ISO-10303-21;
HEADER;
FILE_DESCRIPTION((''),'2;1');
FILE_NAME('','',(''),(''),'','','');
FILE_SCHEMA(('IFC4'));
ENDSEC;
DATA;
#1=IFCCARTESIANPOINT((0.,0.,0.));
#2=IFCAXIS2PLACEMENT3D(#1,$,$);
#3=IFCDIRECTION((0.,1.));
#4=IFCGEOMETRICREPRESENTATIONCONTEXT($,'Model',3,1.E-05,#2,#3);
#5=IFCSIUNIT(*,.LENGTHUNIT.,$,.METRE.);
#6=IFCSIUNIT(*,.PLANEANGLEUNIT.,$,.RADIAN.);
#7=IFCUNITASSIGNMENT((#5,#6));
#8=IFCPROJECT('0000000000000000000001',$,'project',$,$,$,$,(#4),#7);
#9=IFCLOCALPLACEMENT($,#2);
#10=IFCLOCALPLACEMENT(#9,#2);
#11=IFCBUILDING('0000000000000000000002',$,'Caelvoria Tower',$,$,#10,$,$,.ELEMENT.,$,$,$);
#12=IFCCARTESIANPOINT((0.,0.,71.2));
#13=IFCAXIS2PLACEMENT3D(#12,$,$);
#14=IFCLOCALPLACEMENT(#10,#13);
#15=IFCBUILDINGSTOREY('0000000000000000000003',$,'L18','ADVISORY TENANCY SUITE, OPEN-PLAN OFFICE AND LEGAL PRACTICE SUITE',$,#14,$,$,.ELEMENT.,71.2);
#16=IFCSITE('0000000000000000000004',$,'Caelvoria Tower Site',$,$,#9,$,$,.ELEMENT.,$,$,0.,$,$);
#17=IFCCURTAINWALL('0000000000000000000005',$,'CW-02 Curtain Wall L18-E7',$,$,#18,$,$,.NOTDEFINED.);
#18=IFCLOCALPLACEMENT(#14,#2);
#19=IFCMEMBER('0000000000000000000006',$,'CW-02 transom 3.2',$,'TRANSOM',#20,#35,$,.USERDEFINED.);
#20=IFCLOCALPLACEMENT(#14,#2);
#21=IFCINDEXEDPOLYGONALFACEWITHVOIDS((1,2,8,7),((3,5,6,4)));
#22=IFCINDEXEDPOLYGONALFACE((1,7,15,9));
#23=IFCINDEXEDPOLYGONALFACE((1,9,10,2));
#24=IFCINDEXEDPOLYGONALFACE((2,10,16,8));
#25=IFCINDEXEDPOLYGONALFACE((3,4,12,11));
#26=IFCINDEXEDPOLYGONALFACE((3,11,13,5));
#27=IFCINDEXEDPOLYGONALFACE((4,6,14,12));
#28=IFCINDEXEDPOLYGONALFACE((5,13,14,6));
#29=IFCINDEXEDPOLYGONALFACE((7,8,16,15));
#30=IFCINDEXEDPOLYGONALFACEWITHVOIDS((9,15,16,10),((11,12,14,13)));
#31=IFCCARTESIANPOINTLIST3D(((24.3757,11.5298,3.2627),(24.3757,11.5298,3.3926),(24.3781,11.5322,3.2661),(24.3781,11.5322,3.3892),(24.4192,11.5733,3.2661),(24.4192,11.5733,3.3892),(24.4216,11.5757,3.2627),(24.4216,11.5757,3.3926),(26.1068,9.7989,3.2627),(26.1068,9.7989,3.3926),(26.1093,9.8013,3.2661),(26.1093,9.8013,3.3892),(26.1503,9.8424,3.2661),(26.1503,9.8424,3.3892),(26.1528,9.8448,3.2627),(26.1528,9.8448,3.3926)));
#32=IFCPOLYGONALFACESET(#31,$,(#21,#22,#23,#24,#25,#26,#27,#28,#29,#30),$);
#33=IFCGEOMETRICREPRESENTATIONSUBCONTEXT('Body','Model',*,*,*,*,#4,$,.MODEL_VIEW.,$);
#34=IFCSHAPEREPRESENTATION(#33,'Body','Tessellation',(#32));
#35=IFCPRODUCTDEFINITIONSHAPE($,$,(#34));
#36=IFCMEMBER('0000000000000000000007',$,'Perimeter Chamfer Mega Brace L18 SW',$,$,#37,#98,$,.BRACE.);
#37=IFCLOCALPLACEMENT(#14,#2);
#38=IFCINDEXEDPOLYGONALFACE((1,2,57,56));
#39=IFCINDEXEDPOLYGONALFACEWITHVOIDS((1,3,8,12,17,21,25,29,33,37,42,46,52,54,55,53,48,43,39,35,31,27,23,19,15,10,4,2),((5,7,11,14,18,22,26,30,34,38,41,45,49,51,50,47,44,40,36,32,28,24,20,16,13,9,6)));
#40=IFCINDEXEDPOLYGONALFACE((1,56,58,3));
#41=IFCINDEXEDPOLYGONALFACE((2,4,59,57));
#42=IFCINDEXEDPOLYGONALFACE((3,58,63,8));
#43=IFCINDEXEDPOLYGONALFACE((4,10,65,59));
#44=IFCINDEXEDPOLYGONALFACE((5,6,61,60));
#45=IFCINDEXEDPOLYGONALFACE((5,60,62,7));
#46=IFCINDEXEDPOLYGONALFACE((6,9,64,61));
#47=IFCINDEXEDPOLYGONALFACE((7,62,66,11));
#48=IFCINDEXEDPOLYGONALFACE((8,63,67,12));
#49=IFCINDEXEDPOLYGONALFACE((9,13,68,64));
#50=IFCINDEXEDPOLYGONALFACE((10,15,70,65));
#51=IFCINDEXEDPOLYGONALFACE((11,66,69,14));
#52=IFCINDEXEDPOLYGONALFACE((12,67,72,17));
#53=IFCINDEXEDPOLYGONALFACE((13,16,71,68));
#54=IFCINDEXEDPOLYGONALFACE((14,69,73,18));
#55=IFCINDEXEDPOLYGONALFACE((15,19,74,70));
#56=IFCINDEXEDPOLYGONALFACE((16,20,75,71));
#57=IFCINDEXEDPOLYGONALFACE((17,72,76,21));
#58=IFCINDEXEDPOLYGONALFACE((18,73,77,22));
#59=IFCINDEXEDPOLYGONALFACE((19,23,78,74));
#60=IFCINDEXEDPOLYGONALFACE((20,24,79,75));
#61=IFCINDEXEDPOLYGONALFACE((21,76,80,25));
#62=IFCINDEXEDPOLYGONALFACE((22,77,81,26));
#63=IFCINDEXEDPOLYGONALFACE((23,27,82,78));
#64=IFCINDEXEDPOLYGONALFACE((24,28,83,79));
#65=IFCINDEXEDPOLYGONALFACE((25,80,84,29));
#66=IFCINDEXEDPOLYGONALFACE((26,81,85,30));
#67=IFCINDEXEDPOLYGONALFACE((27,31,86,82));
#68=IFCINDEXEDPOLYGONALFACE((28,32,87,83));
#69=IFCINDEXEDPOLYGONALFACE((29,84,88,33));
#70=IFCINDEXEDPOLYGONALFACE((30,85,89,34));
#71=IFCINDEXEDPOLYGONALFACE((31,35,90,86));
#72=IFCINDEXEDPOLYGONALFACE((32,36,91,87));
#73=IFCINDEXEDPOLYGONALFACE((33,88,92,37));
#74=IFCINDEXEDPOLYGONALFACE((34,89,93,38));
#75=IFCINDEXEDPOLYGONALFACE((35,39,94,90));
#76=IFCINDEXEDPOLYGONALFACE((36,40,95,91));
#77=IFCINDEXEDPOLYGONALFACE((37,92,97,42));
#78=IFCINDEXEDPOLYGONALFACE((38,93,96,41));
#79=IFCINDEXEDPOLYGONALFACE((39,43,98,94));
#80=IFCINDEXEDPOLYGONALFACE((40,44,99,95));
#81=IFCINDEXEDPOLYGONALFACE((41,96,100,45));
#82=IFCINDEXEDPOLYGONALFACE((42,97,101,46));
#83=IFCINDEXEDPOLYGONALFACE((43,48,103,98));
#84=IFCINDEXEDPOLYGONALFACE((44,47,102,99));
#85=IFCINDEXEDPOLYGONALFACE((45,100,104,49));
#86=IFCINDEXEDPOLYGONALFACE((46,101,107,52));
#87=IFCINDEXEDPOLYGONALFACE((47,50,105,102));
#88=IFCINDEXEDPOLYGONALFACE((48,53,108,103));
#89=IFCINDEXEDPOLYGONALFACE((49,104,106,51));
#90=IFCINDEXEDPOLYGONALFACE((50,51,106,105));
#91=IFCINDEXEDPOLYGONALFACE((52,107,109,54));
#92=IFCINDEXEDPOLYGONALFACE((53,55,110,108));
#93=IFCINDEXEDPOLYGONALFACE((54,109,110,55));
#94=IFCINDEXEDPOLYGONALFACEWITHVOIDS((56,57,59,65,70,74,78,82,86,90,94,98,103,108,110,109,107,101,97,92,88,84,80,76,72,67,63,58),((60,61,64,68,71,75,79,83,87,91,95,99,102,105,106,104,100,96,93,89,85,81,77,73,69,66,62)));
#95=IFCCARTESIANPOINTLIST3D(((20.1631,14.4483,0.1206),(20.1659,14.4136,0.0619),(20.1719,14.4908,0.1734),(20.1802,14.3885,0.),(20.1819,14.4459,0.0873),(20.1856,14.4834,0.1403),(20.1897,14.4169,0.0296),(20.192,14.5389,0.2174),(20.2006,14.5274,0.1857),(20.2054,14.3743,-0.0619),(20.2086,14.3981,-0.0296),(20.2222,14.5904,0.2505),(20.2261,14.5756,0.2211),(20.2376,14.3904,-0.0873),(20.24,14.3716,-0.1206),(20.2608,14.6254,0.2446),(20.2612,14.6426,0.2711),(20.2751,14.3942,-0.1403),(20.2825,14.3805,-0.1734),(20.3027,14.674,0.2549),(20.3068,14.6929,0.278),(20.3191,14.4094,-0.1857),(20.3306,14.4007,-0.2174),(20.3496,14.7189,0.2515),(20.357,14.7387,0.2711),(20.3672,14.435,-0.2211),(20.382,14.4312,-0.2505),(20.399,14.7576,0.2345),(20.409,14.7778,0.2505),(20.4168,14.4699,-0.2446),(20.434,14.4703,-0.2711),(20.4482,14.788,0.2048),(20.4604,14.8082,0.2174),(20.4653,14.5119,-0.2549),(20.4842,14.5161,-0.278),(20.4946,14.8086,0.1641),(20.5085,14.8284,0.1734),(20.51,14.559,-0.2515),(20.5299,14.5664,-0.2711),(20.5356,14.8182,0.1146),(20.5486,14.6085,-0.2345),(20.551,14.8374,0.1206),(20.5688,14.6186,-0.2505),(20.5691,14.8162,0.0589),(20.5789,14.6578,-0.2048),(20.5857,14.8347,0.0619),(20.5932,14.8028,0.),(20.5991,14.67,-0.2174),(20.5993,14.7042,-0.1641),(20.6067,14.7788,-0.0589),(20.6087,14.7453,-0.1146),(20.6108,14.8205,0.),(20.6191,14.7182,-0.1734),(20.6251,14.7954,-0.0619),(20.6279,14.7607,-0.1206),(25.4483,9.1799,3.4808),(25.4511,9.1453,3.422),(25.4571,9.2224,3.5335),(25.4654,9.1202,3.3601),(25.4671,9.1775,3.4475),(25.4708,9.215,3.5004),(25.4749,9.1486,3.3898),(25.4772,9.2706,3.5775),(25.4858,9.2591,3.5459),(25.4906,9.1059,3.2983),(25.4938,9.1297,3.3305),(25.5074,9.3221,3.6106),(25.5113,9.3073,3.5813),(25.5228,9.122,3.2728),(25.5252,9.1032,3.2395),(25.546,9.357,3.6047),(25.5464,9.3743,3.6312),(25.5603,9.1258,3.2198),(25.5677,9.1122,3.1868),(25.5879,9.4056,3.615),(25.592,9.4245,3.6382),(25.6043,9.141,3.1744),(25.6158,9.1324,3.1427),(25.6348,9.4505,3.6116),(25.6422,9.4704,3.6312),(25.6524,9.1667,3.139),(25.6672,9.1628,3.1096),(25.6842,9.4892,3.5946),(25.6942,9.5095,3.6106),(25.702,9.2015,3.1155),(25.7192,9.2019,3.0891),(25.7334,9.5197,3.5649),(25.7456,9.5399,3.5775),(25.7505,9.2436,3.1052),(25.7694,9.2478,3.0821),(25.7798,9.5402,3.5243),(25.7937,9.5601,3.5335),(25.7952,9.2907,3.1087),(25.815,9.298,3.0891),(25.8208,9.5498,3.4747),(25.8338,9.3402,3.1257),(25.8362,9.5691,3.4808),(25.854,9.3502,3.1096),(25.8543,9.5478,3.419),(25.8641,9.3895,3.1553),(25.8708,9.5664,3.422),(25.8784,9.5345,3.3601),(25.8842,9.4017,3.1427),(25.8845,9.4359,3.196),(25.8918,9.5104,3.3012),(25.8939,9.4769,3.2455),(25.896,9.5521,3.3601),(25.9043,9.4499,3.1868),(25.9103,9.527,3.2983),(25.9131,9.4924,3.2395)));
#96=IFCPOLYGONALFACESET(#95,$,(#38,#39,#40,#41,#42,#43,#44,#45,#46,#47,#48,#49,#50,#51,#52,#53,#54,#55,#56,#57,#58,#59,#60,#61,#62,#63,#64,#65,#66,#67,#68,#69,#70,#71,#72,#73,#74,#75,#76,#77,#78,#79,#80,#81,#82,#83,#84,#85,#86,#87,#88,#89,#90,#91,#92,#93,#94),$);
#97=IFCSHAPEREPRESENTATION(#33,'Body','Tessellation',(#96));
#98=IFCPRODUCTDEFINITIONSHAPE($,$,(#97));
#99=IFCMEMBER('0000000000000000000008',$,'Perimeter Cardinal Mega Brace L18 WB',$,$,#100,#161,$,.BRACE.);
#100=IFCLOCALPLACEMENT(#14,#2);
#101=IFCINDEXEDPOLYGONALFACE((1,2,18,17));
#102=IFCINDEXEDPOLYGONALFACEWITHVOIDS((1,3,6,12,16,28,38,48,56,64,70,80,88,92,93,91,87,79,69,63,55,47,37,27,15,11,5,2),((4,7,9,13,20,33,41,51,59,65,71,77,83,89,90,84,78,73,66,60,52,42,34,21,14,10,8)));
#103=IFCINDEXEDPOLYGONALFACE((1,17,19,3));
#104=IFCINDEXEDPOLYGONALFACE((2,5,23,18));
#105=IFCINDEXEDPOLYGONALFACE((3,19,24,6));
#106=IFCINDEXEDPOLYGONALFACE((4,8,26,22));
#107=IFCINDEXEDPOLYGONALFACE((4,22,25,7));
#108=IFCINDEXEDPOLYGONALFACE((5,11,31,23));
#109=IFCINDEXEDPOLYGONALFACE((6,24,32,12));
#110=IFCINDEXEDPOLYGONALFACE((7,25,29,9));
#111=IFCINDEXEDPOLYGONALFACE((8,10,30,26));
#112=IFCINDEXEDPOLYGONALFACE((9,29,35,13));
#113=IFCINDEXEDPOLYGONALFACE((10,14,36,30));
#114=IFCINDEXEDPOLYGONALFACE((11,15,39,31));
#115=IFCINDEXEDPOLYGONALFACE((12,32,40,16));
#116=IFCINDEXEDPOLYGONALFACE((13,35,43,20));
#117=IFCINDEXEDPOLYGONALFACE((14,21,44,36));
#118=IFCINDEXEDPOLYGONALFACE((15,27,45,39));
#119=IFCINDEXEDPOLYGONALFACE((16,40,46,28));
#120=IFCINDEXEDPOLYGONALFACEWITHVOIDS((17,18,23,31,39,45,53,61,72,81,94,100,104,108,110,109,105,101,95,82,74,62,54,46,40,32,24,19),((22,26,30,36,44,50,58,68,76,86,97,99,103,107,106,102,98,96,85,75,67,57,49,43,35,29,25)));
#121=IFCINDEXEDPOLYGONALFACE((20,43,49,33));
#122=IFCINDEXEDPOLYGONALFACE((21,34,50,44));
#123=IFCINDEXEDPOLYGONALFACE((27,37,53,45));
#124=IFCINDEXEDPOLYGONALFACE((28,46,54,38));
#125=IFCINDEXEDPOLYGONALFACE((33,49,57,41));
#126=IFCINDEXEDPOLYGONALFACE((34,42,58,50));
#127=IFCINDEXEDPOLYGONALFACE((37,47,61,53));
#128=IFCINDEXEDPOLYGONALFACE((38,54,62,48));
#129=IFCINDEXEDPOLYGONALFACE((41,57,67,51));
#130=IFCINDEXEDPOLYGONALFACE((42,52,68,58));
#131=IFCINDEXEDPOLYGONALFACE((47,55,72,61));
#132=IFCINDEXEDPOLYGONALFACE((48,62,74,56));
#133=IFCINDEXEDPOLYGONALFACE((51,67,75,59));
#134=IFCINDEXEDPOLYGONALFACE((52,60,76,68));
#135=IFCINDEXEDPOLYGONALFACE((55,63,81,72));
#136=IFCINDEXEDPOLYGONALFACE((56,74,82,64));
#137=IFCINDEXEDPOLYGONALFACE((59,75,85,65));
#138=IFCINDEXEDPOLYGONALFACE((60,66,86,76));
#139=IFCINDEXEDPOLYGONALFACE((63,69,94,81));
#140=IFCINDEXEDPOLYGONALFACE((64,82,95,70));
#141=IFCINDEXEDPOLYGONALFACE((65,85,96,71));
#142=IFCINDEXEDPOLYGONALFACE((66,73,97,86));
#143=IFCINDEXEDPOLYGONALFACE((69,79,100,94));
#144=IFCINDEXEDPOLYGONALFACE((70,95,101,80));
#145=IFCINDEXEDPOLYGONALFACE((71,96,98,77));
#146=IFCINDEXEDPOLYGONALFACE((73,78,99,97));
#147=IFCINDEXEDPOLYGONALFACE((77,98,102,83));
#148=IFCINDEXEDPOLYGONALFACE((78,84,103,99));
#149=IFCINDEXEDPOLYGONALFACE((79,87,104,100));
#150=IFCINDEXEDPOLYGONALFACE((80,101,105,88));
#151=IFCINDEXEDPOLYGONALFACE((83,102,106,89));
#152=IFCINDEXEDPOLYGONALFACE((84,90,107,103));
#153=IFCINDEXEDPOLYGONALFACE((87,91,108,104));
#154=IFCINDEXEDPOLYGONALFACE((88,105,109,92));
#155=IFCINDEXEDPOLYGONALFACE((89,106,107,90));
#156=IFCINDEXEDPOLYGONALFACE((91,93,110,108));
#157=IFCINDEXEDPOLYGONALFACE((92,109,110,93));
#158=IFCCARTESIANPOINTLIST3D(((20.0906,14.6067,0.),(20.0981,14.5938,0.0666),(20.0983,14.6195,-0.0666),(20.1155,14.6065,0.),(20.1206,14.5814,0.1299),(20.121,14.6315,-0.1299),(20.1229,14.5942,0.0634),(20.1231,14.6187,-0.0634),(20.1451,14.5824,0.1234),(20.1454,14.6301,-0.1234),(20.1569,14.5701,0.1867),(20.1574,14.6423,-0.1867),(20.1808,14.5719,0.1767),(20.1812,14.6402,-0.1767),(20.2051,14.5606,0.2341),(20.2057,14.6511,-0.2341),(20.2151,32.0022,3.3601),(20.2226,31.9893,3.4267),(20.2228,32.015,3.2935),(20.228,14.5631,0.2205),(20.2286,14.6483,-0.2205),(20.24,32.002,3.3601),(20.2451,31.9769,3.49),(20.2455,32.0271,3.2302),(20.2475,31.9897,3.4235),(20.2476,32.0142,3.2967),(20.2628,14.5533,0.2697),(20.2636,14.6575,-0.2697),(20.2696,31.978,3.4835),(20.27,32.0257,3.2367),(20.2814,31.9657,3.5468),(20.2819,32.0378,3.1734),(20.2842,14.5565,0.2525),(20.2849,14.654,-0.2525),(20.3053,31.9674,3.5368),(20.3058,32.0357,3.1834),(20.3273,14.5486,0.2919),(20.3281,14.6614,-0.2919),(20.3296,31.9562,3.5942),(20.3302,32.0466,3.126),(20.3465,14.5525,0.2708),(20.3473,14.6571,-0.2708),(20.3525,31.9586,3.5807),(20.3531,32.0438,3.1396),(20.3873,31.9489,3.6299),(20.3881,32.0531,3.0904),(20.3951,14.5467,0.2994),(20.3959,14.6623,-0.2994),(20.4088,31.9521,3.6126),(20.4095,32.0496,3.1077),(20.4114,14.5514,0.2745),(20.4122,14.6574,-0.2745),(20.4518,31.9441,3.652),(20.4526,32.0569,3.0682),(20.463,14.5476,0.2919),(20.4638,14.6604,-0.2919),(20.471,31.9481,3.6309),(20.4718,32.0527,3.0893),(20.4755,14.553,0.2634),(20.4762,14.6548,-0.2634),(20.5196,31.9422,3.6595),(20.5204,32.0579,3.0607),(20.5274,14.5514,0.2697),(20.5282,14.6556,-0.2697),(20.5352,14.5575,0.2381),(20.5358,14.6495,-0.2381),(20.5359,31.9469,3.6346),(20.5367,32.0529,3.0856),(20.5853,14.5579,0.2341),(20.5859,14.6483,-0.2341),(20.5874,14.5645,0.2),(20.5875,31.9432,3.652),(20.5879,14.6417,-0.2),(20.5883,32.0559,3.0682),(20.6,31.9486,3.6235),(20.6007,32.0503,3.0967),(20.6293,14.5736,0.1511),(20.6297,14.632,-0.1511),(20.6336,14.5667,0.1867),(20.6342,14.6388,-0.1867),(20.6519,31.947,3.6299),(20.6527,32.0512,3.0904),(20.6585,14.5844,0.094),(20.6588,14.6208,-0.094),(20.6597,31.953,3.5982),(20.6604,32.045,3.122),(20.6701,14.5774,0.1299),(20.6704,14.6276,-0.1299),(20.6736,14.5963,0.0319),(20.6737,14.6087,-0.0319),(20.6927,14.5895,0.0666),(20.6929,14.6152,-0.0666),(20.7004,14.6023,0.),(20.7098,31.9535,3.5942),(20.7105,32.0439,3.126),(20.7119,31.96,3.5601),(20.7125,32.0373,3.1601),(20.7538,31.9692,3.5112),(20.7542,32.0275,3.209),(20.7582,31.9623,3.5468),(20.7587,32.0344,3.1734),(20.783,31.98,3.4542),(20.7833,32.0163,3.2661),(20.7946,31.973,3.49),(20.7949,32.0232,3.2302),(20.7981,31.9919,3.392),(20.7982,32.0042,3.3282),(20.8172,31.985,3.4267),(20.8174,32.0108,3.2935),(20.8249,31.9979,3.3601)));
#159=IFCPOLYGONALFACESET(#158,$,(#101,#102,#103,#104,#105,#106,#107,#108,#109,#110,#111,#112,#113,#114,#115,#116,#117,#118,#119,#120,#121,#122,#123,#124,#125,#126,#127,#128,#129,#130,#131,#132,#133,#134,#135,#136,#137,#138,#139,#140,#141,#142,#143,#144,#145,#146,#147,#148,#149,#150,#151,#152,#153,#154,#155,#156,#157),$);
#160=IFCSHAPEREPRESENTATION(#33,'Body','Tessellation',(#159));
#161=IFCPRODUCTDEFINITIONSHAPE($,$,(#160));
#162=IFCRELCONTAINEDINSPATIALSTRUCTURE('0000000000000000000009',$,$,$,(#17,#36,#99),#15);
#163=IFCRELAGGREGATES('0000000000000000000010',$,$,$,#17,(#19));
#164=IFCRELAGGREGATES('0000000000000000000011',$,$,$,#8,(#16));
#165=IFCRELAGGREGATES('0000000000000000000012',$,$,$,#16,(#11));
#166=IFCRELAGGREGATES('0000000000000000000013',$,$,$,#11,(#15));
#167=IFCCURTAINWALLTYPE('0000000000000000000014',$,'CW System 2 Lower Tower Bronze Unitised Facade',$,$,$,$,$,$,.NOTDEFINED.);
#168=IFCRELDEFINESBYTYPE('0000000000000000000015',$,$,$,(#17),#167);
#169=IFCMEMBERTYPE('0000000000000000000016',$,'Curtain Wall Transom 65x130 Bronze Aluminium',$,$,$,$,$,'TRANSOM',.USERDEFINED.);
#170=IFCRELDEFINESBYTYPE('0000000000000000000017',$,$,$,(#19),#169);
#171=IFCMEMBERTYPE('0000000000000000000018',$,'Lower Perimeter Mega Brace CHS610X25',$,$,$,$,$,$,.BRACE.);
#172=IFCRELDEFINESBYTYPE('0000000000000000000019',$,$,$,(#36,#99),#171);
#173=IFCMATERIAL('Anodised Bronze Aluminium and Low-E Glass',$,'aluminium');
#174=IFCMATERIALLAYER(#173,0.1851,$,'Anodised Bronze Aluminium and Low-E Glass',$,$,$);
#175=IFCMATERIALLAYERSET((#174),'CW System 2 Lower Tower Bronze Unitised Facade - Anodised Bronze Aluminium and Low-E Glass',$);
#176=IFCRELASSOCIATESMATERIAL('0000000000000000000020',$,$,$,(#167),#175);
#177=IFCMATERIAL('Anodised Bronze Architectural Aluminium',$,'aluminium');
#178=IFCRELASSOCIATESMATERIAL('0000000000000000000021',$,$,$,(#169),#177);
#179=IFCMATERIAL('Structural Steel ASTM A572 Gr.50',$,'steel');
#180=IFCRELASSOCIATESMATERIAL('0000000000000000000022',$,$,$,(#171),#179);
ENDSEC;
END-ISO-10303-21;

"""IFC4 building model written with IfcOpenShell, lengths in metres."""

from ifc_helpers import new_model, si_unit, direction, frame, origin, origin_2d, place, context, subcontext, project, spatial, hollow_rectangle, hollow_circle, extrude, material, layer, layer_set, material_profile, profile_set, type_object, element, aggregate, save


model = new_model("IFC4")

# Units and contexts
model_context = context("Model", 3, precision=1e-05, world=origin(), true_north=direction((0.0, 1.0)))
body_context = subcontext(model_context, "Body", "Model", "MODEL_VIEW")
ifc_project = project(units=[si_unit("LENGTHUNIT", "METRE"), si_unit("PLANEANGLEUNIT", "RADIAN")], contexts=[model_context])

# Site, building, storey
site_placement = place(None, origin())
site = spatial("IfcSite", under=ifc_project, at=site_placement, Name="Caelvoria Tower Site", CompositionType="ELEMENT", RefElevation=0.0)
building_placement = place(site_placement, origin())
building = spatial("IfcBuilding", under=site, at=building_placement, Name="Caelvoria Tower", CompositionType="ELEMENT")
storey_placement = place(building_placement, frame((0.0, 0.0, 71.2)))
storey = spatial("IfcBuildingStorey", under=building, at=storey_placement, Name="L18", Description="ADVISORY TENANCY SUITE, OPEN-PLAN OFFICE AND LEGAL PRACTICE SUITE", CompositionType="ELEMENT", Elevation=71.2)

# Shared definitions
ifc_material_1 = material(Name="Structural Steel ASTM A572 Gr.50", Category="steel")

# Shared definitions
ifc_material_2 = material(Name="Anodised Bronze Aluminium and Low-E Glass", Category="aluminium")
ifc_layer_1 = layer(ifc_material_2, 0.1851, Name="Anodised Bronze Aluminium and Low-E Glass")
ifc_layer_set_1 = layer_set([ifc_layer_1], Name="CW System 2 Lower Tower Bronze Unitised Facade - Anodised Bronze Aluminium and Low-E Glass")
curtain_wall_type = type_object("IfcCurtainWallType", Name="CW System 2 Lower Tower Bronze Unitised Facade", PredefinedType="NOTDEFINED", material=ifc_layer_set_1)
ifc_material_3 = material(Name="Anodised Bronze Architectural Aluminium", Category="aluminium")

# Curtain wall, member
curtain_wall_1_placement = place(storey_placement, origin())
curtain_wall_1 = element("IfcCurtainWall", 1, at=curtain_wall_1_placement, inside=storey, type_object=curtain_wall_type, Name="CW-02 Curtain Wall L18-E7", PredefinedType="NOTDEFINED")
ifc_material_profile_1 = material_profile(ifc_material_3, hollow_rectangle(XDim=0.0649, YDim=0.1299, WallThickness=0.0034, at=origin_2d()), Name="Anodised Bronze Architectural Aluminium")
ifc_profile_set_1 = profile_set([ifc_material_profile_1], Name="CW_TRAN_65X130 - Anodised Bronze Architectural Aluminium")
member_type_1 = type_object("IfcMemberType", Name="Curtain Wall Transom 65x130 Bronze Aluminium", ElementType="TRANSOM", PredefinedType="USERDEFINED", material=ifc_profile_set_1)
member_1_placement = place(storey_placement, frame((24.3987, 11.5527, 3.3276), z_axis=(0.707157, -0.707057, 0.0), x_axis=(0.707057, 0.707157, 0.0)))
member_1 = element("IfcMember", 2, at=member_1_placement, type_object=member_type_1, Name="CW-02 transom 3.2", ObjectType="TRANSOM", PredefinedType="USERDEFINED", context=body_context, shape_type="SweptSolid", body=[
    extrude(hollow_rectangle(XDim=0.0649, YDim=0.1299, WallThickness=0.0034, at=origin_2d()), origin(), (0.0, 0.0, 1.0), 2.448),
])

# Members
ifc_material_profile_2 = material_profile(ifc_material_1, hollow_circle(Radius=0.3049, WallThickness=0.0249, at=origin_2d()), Name="Structural Steel ASTM A572 Gr.50")
ifc_profile_set_2 = profile_set([ifc_material_profile_2], Name="CHS610X25 - Structural Steel ASTM A572 Gr.50")
member_type_2 = type_object("IfcMemberType", Name="Lower Perimeter Mega Brace CHS610X25", PredefinedType="BRACE", material=ifc_profile_set_2)
member_2_placement = place(storey_placement, frame((20.3955, 14.6045, 0.0), z_axis=(0.645789, -0.643731, 0.410569), x_axis=(0.705977, 0.708235, 0.0)))
element("IfcMember", 3, at=member_2_placement, inside=storey, type_object=member_type_2, Name="Perimeter Chamfer Mega Brace L18 SW", PredefinedType="BRACE", context=body_context, shape_type="SweptSolid", body=[
    extrude(hollow_circle(Radius=0.3049, WallThickness=0.0249, at=origin_2d()), origin(), (0.0, 0.0, 1.0), 8.1841),
])
member_3_placement = place(storey_placement, frame((20.3955, 14.6045, 0.0), z_axis=(0.007028, 0.981827, 0.189649), x_axis=(-0.999974, 0.007158, 0.0)))
element("IfcMember", 4, at=member_3_placement, inside=storey, type_object=member_type_2, Name="Perimeter Cardinal Mega Brace L18 WB", PredefinedType="BRACE", context=body_context, shape_type="SweptSolid", body=[
    extrude(hollow_circle(Radius=0.3049, WallThickness=0.0249, at=origin_2d()), origin(), (0.0, 0.0, 1.0), 17.7175),
])

aggregate(curtain_wall_1, [member_1])

save(model, "model.ifc")
